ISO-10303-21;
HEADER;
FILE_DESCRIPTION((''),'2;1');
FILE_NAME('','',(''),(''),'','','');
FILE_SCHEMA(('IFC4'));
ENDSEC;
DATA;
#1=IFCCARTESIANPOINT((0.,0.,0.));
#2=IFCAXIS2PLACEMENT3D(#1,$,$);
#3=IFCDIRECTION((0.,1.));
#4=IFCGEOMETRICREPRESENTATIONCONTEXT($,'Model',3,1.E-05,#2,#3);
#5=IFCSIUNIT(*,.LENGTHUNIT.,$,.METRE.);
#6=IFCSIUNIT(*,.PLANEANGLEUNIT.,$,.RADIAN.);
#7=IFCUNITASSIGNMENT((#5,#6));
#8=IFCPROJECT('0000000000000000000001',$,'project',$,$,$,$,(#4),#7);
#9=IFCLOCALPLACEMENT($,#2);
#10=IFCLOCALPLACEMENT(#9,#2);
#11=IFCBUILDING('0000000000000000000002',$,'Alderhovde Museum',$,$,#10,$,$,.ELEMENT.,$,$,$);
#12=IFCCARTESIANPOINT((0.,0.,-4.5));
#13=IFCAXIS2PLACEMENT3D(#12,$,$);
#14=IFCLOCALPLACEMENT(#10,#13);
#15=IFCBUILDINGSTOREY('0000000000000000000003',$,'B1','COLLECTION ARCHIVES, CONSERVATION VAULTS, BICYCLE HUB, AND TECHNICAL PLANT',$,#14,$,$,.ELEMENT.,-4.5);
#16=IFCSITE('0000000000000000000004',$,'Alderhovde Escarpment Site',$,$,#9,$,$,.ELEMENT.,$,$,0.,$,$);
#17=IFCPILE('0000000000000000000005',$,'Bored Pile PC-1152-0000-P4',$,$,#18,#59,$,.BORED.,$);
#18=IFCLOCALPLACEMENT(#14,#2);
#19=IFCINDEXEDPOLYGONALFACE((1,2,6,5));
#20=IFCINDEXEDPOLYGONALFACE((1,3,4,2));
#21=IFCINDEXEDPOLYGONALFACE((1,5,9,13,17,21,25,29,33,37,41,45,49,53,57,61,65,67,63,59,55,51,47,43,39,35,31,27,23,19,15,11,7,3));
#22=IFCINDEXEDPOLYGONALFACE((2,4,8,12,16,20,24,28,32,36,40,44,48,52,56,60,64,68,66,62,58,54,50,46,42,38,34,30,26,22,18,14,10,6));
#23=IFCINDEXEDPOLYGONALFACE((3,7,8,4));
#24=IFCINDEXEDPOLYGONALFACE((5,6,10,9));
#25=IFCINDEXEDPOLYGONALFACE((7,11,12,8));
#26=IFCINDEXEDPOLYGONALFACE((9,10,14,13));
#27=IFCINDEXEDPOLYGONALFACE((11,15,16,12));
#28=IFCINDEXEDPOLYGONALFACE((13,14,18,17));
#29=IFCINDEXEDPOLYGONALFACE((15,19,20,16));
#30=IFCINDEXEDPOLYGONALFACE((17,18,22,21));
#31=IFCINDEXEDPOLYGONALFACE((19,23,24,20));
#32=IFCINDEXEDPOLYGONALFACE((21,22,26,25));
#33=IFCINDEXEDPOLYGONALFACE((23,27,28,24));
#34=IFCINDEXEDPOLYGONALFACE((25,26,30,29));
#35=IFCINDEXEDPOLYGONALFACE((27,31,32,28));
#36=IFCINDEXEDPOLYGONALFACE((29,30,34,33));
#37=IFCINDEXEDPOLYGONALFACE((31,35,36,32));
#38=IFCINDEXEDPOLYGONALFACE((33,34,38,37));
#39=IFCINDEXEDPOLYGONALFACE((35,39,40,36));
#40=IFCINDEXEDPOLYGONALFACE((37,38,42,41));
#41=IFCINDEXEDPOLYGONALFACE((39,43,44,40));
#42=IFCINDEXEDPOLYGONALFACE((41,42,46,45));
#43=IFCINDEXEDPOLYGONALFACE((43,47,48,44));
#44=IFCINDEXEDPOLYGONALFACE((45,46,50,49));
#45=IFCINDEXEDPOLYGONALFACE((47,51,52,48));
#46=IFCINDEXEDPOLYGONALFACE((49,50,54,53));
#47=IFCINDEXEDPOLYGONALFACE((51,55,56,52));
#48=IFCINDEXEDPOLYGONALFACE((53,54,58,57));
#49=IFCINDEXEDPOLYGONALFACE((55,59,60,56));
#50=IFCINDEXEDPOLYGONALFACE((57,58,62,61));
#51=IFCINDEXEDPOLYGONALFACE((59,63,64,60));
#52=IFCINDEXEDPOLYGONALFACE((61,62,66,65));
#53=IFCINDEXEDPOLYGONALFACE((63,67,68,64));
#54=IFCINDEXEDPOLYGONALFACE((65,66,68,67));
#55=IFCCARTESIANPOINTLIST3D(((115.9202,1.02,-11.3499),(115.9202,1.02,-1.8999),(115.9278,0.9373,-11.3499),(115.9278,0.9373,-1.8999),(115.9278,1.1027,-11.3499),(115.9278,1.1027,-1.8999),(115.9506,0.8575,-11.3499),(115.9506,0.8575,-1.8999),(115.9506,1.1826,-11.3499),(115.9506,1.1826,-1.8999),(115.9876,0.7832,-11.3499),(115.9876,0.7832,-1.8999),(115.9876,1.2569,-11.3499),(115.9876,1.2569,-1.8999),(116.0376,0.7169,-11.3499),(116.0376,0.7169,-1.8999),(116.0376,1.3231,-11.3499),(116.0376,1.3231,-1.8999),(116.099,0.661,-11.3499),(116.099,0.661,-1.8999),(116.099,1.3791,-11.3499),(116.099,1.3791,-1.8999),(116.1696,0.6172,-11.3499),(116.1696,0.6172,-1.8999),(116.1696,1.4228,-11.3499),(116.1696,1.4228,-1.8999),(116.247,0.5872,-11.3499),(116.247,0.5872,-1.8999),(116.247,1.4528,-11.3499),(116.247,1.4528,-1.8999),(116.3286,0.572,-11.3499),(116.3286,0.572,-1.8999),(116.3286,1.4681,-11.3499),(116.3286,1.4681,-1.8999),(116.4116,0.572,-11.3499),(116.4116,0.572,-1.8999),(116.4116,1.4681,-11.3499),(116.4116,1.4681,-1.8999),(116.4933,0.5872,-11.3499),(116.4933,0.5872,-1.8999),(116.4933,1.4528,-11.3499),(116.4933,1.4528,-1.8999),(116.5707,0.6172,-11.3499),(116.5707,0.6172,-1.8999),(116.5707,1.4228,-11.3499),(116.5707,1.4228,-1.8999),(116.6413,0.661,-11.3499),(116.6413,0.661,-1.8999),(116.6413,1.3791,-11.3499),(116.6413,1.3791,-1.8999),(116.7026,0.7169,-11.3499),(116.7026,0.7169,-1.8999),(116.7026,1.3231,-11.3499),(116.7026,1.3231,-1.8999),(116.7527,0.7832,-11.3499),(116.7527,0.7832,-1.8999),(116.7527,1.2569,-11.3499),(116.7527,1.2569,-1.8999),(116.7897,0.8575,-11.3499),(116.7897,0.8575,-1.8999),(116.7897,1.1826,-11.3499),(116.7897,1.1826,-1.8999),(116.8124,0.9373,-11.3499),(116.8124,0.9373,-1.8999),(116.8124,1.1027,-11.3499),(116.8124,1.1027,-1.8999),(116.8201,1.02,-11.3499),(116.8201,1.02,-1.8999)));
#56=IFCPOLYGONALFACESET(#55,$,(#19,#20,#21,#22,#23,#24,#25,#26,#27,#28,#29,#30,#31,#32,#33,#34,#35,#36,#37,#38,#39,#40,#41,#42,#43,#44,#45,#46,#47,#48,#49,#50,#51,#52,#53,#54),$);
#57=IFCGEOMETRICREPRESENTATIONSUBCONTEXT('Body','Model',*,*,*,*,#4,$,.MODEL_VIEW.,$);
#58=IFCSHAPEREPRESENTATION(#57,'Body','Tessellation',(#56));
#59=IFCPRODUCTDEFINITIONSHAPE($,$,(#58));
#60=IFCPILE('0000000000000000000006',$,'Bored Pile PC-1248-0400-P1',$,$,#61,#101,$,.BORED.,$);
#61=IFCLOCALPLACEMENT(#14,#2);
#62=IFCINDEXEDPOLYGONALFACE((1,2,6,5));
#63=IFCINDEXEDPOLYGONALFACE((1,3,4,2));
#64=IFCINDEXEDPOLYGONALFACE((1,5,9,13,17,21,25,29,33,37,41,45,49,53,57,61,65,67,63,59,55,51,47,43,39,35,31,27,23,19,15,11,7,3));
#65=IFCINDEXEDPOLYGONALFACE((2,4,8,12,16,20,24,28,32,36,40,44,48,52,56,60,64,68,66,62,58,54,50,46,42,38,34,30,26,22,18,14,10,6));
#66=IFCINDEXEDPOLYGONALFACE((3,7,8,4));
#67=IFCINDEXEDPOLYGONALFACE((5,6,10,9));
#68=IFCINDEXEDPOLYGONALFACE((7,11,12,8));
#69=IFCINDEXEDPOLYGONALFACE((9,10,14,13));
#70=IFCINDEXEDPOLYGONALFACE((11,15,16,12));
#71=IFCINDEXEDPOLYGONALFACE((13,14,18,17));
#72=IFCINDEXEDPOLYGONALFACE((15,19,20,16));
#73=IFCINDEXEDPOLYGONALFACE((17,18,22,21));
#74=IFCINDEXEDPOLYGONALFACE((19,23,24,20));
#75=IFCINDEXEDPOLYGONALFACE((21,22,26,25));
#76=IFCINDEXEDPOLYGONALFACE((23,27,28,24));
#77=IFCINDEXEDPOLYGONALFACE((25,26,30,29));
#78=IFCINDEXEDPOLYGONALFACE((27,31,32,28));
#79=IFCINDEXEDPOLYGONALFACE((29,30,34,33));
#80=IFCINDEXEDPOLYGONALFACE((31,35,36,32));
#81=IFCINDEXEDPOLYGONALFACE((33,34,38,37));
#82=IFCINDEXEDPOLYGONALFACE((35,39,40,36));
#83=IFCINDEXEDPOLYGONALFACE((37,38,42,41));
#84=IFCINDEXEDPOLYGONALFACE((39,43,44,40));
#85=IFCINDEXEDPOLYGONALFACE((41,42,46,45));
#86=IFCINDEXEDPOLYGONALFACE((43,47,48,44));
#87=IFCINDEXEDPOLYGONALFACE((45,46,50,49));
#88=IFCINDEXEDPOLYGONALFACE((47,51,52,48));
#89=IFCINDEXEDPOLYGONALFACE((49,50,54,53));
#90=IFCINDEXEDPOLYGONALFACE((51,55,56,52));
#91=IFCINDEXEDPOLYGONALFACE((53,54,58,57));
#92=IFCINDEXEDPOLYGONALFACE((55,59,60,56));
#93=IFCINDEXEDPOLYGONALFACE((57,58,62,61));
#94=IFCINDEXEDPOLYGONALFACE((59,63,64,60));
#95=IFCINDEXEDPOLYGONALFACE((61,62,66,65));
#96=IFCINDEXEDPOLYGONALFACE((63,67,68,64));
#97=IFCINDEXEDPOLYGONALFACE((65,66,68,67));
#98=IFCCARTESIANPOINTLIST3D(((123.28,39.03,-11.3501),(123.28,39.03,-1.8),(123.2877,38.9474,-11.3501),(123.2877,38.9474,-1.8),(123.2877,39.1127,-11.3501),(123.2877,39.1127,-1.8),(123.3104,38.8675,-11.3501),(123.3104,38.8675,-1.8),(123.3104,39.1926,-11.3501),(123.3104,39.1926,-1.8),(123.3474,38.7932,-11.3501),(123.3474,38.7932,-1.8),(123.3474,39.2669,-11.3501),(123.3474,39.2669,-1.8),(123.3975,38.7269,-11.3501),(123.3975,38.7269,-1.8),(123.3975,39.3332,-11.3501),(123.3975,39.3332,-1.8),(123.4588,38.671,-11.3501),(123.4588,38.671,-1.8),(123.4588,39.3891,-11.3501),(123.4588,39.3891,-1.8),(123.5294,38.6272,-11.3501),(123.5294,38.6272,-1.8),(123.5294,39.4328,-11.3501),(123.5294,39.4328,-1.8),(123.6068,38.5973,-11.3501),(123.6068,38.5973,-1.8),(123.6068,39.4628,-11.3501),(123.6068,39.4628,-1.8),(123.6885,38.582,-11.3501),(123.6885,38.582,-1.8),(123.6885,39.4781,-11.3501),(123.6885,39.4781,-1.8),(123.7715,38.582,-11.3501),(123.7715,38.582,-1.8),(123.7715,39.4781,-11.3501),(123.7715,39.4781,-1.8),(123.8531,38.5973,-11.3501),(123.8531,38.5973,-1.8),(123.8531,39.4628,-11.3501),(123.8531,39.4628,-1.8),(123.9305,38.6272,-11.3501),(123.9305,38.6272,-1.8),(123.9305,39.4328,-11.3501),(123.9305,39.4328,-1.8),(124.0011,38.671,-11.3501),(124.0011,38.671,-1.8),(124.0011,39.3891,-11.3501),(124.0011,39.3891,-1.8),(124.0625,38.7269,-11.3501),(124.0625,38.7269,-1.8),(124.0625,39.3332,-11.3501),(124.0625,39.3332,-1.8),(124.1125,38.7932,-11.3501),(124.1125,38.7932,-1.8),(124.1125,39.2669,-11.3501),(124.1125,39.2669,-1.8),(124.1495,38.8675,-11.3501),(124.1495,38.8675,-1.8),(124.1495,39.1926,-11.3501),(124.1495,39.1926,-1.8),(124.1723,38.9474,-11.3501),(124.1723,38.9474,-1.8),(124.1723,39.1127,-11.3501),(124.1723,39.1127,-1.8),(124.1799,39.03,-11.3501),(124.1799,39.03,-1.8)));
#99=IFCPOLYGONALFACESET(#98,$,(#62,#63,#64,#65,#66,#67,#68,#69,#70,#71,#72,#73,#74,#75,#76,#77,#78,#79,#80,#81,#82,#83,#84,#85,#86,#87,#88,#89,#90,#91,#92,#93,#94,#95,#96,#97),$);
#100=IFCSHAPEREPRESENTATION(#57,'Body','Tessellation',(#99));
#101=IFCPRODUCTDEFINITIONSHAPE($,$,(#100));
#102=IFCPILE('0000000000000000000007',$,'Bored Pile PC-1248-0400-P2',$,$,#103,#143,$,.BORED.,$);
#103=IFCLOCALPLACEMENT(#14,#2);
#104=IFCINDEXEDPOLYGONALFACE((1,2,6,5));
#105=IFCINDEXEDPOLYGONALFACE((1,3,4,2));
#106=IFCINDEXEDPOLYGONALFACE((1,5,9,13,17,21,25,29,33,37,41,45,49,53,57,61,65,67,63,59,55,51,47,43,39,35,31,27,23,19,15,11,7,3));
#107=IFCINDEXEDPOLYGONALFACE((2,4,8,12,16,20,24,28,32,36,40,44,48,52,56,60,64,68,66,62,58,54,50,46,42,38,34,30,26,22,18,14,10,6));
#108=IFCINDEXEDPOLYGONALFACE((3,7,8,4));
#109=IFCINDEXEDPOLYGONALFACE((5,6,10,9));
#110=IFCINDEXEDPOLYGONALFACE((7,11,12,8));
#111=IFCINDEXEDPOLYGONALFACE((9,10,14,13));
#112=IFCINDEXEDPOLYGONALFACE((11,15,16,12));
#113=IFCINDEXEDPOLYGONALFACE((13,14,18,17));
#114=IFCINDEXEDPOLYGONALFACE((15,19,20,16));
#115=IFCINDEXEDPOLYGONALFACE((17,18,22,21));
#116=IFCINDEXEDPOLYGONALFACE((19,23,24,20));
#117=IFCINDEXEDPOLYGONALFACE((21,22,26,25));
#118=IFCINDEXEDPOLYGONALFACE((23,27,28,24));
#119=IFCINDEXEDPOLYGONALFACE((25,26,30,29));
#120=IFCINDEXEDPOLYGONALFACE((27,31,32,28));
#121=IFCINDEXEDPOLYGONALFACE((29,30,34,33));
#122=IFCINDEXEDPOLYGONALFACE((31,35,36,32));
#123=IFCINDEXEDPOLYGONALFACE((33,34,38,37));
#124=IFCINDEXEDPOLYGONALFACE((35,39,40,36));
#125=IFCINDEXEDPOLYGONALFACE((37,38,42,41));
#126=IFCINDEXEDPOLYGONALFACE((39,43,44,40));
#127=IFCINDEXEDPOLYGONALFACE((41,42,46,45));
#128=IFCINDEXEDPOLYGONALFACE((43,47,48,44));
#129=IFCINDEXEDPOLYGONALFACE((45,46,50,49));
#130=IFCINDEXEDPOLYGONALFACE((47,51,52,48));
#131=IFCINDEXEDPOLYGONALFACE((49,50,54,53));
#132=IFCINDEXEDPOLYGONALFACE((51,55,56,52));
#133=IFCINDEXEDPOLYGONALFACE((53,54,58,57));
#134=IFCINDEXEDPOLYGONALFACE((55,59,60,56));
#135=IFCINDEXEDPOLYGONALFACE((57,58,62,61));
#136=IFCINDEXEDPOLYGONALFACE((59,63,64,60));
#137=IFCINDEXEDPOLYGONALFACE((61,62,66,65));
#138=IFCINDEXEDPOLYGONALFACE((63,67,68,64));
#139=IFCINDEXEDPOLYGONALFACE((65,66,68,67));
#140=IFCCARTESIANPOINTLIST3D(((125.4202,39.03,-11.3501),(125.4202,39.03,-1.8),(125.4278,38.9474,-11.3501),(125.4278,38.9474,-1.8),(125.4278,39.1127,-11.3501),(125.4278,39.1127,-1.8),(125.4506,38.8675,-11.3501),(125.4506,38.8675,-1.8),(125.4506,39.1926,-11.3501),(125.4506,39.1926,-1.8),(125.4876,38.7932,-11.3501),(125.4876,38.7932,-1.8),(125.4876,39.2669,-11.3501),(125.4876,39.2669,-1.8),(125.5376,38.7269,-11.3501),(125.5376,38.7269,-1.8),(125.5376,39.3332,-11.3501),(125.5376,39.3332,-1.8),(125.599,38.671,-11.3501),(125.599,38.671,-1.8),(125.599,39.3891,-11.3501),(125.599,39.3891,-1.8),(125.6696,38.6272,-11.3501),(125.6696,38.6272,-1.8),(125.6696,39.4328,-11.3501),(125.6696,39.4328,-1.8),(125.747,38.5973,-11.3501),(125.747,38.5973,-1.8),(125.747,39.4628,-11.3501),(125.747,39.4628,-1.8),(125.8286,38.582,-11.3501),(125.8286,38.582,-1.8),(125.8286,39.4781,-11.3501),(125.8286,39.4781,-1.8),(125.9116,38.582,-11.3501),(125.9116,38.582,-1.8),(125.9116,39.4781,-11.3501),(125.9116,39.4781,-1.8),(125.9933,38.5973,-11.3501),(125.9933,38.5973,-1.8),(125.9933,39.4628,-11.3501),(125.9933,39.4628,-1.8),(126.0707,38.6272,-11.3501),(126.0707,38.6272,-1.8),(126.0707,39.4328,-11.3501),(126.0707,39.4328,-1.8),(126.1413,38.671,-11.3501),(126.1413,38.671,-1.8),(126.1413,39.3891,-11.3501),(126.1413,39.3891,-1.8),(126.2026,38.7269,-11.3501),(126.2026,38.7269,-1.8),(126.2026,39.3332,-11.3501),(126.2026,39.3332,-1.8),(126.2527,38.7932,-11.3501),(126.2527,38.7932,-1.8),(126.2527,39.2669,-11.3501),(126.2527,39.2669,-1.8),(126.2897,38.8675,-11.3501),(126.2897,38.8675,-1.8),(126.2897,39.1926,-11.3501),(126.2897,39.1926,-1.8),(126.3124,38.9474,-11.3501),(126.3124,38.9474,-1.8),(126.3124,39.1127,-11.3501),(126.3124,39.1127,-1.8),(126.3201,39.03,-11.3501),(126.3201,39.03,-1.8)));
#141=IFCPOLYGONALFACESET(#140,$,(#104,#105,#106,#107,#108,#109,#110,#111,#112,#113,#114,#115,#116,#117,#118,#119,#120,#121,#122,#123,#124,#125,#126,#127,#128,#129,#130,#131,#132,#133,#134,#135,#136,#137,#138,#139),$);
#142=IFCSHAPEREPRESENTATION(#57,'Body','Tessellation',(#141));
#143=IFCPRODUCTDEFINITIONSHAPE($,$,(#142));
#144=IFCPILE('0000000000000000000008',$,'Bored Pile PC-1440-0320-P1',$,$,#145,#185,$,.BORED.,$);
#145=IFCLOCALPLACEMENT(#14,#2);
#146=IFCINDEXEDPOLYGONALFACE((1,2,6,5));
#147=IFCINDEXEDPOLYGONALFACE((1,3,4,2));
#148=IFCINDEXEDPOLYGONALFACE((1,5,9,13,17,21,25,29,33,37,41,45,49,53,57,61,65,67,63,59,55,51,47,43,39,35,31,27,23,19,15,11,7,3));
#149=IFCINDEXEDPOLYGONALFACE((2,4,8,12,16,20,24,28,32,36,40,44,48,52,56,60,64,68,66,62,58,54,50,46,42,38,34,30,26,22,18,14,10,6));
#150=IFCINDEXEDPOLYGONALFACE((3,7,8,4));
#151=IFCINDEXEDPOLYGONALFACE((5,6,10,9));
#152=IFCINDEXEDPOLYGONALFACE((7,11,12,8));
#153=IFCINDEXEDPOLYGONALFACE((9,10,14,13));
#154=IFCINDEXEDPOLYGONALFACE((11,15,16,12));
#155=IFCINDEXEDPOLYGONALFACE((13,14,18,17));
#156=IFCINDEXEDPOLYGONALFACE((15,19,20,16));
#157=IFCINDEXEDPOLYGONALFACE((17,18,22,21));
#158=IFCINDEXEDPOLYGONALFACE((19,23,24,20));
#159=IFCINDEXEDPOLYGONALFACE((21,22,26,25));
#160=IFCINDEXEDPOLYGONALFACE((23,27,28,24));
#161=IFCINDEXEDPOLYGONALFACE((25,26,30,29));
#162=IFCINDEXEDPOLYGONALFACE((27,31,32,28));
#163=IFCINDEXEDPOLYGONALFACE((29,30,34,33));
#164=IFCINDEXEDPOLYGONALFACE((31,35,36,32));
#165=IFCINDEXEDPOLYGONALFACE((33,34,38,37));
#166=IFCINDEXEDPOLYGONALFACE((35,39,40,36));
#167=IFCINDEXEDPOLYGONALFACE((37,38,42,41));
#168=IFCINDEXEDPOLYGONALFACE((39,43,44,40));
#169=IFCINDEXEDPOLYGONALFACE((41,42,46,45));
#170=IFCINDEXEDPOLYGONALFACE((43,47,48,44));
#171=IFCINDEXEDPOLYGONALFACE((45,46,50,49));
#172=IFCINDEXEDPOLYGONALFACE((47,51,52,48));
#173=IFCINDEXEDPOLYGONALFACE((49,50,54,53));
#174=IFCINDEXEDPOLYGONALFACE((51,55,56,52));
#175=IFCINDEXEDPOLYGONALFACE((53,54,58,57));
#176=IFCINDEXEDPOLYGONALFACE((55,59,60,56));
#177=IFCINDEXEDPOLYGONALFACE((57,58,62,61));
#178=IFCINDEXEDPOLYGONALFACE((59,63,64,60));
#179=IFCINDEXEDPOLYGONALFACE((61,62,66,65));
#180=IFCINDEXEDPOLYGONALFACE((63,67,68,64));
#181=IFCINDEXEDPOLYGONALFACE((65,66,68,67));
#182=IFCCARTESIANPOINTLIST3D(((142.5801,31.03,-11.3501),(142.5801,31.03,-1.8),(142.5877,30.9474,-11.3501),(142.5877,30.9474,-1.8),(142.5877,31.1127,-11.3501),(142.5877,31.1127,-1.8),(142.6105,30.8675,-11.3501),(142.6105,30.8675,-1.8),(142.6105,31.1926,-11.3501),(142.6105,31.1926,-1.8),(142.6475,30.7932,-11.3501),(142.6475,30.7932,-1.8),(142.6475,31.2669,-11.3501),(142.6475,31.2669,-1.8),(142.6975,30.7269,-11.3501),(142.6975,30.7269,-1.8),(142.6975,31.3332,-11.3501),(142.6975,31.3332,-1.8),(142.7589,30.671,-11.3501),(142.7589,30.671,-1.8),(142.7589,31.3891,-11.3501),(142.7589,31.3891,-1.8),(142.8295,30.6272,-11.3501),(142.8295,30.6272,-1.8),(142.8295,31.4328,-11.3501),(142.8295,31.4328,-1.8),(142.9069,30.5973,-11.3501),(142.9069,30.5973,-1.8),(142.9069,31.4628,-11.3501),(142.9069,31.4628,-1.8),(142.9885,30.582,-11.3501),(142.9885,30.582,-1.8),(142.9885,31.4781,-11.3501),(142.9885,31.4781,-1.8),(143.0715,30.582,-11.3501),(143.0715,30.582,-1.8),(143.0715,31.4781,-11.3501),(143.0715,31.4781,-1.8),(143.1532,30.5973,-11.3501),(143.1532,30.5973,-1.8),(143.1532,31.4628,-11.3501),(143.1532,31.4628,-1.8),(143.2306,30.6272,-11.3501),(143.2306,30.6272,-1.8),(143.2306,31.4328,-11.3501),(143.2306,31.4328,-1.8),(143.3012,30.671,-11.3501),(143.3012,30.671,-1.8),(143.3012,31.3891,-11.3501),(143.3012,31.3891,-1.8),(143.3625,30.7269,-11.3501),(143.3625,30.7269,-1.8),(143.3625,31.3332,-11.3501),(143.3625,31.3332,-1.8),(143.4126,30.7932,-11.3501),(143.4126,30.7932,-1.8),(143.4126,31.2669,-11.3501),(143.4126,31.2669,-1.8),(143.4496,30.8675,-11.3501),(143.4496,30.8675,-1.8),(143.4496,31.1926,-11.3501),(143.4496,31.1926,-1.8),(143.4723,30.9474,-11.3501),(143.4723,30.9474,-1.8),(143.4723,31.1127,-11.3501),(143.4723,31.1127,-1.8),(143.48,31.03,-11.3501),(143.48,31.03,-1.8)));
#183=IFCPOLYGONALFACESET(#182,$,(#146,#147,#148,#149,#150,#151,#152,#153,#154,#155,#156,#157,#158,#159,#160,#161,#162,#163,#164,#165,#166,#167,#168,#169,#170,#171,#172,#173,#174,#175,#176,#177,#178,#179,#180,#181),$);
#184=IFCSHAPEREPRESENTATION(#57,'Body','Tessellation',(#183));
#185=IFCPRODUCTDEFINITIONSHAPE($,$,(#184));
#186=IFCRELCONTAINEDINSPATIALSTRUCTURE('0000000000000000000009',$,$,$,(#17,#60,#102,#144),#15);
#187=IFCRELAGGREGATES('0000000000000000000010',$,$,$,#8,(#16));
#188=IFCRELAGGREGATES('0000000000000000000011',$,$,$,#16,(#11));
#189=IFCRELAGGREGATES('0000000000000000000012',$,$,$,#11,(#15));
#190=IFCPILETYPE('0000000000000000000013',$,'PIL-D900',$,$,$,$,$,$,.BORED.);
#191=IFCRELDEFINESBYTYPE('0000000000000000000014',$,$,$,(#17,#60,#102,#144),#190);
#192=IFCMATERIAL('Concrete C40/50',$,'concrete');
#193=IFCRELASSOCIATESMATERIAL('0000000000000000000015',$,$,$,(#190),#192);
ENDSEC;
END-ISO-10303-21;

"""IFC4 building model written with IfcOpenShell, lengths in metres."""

from ifc_helpers import new_model, si_unit, direction, frame, origin, origin_2d, place, context, subcontext, project, spatial, circle, extrude, material, material_profile, profile_set, type_object, element, save


model = new_model("IFC4")

# Units and contexts
model_context = context("Model", 3, precision=1e-05, world=origin(), true_north=direction((0.0, 1.0)))
body_context = subcontext(model_context, "Body", "Model", "MODEL_VIEW")
ifc_project = project(units=[si_unit("LENGTHUNIT", "METRE"), si_unit("PLANEANGLEUNIT", "RADIAN")], contexts=[model_context])

# Site, building, storey
site_placement = place(None, origin())
site = spatial("IfcSite", under=ifc_project, at=site_placement, Name="Alderhovde Escarpment Site", CompositionType="ELEMENT", RefElevation=0.0)
building_placement = place(site_placement, origin())
building = spatial("IfcBuilding", under=site, at=building_placement, Name="Alderhovde Museum", CompositionType="ELEMENT")
storey_placement = place(building_placement, frame((0.0, 0.0, -4.5)))
storey = spatial("IfcBuildingStorey", under=building, at=storey_placement, Name="B1", Description="COLLECTION ARCHIVES, CONSERVATION VAULTS, BICYCLE HUB, AND TECHNICAL PLANT", CompositionType="ELEMENT", Elevation=-4.5)

# Piles
ifc_material_1 = material(Name="Concrete C40/50", Category="concrete")
ifc_material_profile_1 = material_profile(ifc_material_1, circle(Radius=0.45, at=origin_2d()), Name="PILE-D900")
ifc_profile_set_1 = profile_set([ifc_material_profile_1], Name="Concrete C40/50")
pile_type_1 = type_object("IfcPileType", Name="PIL-D900", PredefinedType="BORED", material=ifc_profile_set_1)
pile_1_placement = place(storey_placement, frame((116.3701, 1.02, -1.8999), z_axis=(0.0, 0.0, -1.0), x_axis=(1.0, 0.0, 0.0)))
element("IfcPile", 1, at=pile_1_placement, inside=storey, type_object=pile_type_1, Name="Bored Pile PC-1152-0000-P4", PredefinedType="BORED", context=body_context, shape_type="SweptSolid", body=[
    extrude(circle(Radius=0.45, at=origin_2d()), origin(), (0.0, 0.0, 1.0), 9.45),
])
for number, where, z_axis, x_axis, name in (
    (2, (123.73, 39.03, -1.8), (0.0, 0.0, -1.0), (1.0, 0.0, 0.0), "Bored Pile PC-1248-0400-P1"),
    (3, (125.8701, 39.03, -1.8), (0.0, 0.0, -1.0), (1.0, 0.0, 0.0), "Bored Pile PC-1248-0400-P2"),
    (4, (143.03, 31.03, -1.8), (0.0, 0.0, -1.0), (1.0, 0.0, 0.0), "Bored Pile PC-1440-0320-P1"),
):
    element("IfcPile", number, at=place(storey_placement, frame(where, z_axis=z_axis, x_axis=x_axis)), inside=storey, type_object=pile_type_1, Name=name, PredefinedType="BORED", context=body_context, shape_type="SweptSolid", body=[
        extrude(circle(Radius=0.45, at=origin_2d()), origin(), (0.0, 0.0, 1.0), 9.55),
    ])

save(model, "model.ifc")
